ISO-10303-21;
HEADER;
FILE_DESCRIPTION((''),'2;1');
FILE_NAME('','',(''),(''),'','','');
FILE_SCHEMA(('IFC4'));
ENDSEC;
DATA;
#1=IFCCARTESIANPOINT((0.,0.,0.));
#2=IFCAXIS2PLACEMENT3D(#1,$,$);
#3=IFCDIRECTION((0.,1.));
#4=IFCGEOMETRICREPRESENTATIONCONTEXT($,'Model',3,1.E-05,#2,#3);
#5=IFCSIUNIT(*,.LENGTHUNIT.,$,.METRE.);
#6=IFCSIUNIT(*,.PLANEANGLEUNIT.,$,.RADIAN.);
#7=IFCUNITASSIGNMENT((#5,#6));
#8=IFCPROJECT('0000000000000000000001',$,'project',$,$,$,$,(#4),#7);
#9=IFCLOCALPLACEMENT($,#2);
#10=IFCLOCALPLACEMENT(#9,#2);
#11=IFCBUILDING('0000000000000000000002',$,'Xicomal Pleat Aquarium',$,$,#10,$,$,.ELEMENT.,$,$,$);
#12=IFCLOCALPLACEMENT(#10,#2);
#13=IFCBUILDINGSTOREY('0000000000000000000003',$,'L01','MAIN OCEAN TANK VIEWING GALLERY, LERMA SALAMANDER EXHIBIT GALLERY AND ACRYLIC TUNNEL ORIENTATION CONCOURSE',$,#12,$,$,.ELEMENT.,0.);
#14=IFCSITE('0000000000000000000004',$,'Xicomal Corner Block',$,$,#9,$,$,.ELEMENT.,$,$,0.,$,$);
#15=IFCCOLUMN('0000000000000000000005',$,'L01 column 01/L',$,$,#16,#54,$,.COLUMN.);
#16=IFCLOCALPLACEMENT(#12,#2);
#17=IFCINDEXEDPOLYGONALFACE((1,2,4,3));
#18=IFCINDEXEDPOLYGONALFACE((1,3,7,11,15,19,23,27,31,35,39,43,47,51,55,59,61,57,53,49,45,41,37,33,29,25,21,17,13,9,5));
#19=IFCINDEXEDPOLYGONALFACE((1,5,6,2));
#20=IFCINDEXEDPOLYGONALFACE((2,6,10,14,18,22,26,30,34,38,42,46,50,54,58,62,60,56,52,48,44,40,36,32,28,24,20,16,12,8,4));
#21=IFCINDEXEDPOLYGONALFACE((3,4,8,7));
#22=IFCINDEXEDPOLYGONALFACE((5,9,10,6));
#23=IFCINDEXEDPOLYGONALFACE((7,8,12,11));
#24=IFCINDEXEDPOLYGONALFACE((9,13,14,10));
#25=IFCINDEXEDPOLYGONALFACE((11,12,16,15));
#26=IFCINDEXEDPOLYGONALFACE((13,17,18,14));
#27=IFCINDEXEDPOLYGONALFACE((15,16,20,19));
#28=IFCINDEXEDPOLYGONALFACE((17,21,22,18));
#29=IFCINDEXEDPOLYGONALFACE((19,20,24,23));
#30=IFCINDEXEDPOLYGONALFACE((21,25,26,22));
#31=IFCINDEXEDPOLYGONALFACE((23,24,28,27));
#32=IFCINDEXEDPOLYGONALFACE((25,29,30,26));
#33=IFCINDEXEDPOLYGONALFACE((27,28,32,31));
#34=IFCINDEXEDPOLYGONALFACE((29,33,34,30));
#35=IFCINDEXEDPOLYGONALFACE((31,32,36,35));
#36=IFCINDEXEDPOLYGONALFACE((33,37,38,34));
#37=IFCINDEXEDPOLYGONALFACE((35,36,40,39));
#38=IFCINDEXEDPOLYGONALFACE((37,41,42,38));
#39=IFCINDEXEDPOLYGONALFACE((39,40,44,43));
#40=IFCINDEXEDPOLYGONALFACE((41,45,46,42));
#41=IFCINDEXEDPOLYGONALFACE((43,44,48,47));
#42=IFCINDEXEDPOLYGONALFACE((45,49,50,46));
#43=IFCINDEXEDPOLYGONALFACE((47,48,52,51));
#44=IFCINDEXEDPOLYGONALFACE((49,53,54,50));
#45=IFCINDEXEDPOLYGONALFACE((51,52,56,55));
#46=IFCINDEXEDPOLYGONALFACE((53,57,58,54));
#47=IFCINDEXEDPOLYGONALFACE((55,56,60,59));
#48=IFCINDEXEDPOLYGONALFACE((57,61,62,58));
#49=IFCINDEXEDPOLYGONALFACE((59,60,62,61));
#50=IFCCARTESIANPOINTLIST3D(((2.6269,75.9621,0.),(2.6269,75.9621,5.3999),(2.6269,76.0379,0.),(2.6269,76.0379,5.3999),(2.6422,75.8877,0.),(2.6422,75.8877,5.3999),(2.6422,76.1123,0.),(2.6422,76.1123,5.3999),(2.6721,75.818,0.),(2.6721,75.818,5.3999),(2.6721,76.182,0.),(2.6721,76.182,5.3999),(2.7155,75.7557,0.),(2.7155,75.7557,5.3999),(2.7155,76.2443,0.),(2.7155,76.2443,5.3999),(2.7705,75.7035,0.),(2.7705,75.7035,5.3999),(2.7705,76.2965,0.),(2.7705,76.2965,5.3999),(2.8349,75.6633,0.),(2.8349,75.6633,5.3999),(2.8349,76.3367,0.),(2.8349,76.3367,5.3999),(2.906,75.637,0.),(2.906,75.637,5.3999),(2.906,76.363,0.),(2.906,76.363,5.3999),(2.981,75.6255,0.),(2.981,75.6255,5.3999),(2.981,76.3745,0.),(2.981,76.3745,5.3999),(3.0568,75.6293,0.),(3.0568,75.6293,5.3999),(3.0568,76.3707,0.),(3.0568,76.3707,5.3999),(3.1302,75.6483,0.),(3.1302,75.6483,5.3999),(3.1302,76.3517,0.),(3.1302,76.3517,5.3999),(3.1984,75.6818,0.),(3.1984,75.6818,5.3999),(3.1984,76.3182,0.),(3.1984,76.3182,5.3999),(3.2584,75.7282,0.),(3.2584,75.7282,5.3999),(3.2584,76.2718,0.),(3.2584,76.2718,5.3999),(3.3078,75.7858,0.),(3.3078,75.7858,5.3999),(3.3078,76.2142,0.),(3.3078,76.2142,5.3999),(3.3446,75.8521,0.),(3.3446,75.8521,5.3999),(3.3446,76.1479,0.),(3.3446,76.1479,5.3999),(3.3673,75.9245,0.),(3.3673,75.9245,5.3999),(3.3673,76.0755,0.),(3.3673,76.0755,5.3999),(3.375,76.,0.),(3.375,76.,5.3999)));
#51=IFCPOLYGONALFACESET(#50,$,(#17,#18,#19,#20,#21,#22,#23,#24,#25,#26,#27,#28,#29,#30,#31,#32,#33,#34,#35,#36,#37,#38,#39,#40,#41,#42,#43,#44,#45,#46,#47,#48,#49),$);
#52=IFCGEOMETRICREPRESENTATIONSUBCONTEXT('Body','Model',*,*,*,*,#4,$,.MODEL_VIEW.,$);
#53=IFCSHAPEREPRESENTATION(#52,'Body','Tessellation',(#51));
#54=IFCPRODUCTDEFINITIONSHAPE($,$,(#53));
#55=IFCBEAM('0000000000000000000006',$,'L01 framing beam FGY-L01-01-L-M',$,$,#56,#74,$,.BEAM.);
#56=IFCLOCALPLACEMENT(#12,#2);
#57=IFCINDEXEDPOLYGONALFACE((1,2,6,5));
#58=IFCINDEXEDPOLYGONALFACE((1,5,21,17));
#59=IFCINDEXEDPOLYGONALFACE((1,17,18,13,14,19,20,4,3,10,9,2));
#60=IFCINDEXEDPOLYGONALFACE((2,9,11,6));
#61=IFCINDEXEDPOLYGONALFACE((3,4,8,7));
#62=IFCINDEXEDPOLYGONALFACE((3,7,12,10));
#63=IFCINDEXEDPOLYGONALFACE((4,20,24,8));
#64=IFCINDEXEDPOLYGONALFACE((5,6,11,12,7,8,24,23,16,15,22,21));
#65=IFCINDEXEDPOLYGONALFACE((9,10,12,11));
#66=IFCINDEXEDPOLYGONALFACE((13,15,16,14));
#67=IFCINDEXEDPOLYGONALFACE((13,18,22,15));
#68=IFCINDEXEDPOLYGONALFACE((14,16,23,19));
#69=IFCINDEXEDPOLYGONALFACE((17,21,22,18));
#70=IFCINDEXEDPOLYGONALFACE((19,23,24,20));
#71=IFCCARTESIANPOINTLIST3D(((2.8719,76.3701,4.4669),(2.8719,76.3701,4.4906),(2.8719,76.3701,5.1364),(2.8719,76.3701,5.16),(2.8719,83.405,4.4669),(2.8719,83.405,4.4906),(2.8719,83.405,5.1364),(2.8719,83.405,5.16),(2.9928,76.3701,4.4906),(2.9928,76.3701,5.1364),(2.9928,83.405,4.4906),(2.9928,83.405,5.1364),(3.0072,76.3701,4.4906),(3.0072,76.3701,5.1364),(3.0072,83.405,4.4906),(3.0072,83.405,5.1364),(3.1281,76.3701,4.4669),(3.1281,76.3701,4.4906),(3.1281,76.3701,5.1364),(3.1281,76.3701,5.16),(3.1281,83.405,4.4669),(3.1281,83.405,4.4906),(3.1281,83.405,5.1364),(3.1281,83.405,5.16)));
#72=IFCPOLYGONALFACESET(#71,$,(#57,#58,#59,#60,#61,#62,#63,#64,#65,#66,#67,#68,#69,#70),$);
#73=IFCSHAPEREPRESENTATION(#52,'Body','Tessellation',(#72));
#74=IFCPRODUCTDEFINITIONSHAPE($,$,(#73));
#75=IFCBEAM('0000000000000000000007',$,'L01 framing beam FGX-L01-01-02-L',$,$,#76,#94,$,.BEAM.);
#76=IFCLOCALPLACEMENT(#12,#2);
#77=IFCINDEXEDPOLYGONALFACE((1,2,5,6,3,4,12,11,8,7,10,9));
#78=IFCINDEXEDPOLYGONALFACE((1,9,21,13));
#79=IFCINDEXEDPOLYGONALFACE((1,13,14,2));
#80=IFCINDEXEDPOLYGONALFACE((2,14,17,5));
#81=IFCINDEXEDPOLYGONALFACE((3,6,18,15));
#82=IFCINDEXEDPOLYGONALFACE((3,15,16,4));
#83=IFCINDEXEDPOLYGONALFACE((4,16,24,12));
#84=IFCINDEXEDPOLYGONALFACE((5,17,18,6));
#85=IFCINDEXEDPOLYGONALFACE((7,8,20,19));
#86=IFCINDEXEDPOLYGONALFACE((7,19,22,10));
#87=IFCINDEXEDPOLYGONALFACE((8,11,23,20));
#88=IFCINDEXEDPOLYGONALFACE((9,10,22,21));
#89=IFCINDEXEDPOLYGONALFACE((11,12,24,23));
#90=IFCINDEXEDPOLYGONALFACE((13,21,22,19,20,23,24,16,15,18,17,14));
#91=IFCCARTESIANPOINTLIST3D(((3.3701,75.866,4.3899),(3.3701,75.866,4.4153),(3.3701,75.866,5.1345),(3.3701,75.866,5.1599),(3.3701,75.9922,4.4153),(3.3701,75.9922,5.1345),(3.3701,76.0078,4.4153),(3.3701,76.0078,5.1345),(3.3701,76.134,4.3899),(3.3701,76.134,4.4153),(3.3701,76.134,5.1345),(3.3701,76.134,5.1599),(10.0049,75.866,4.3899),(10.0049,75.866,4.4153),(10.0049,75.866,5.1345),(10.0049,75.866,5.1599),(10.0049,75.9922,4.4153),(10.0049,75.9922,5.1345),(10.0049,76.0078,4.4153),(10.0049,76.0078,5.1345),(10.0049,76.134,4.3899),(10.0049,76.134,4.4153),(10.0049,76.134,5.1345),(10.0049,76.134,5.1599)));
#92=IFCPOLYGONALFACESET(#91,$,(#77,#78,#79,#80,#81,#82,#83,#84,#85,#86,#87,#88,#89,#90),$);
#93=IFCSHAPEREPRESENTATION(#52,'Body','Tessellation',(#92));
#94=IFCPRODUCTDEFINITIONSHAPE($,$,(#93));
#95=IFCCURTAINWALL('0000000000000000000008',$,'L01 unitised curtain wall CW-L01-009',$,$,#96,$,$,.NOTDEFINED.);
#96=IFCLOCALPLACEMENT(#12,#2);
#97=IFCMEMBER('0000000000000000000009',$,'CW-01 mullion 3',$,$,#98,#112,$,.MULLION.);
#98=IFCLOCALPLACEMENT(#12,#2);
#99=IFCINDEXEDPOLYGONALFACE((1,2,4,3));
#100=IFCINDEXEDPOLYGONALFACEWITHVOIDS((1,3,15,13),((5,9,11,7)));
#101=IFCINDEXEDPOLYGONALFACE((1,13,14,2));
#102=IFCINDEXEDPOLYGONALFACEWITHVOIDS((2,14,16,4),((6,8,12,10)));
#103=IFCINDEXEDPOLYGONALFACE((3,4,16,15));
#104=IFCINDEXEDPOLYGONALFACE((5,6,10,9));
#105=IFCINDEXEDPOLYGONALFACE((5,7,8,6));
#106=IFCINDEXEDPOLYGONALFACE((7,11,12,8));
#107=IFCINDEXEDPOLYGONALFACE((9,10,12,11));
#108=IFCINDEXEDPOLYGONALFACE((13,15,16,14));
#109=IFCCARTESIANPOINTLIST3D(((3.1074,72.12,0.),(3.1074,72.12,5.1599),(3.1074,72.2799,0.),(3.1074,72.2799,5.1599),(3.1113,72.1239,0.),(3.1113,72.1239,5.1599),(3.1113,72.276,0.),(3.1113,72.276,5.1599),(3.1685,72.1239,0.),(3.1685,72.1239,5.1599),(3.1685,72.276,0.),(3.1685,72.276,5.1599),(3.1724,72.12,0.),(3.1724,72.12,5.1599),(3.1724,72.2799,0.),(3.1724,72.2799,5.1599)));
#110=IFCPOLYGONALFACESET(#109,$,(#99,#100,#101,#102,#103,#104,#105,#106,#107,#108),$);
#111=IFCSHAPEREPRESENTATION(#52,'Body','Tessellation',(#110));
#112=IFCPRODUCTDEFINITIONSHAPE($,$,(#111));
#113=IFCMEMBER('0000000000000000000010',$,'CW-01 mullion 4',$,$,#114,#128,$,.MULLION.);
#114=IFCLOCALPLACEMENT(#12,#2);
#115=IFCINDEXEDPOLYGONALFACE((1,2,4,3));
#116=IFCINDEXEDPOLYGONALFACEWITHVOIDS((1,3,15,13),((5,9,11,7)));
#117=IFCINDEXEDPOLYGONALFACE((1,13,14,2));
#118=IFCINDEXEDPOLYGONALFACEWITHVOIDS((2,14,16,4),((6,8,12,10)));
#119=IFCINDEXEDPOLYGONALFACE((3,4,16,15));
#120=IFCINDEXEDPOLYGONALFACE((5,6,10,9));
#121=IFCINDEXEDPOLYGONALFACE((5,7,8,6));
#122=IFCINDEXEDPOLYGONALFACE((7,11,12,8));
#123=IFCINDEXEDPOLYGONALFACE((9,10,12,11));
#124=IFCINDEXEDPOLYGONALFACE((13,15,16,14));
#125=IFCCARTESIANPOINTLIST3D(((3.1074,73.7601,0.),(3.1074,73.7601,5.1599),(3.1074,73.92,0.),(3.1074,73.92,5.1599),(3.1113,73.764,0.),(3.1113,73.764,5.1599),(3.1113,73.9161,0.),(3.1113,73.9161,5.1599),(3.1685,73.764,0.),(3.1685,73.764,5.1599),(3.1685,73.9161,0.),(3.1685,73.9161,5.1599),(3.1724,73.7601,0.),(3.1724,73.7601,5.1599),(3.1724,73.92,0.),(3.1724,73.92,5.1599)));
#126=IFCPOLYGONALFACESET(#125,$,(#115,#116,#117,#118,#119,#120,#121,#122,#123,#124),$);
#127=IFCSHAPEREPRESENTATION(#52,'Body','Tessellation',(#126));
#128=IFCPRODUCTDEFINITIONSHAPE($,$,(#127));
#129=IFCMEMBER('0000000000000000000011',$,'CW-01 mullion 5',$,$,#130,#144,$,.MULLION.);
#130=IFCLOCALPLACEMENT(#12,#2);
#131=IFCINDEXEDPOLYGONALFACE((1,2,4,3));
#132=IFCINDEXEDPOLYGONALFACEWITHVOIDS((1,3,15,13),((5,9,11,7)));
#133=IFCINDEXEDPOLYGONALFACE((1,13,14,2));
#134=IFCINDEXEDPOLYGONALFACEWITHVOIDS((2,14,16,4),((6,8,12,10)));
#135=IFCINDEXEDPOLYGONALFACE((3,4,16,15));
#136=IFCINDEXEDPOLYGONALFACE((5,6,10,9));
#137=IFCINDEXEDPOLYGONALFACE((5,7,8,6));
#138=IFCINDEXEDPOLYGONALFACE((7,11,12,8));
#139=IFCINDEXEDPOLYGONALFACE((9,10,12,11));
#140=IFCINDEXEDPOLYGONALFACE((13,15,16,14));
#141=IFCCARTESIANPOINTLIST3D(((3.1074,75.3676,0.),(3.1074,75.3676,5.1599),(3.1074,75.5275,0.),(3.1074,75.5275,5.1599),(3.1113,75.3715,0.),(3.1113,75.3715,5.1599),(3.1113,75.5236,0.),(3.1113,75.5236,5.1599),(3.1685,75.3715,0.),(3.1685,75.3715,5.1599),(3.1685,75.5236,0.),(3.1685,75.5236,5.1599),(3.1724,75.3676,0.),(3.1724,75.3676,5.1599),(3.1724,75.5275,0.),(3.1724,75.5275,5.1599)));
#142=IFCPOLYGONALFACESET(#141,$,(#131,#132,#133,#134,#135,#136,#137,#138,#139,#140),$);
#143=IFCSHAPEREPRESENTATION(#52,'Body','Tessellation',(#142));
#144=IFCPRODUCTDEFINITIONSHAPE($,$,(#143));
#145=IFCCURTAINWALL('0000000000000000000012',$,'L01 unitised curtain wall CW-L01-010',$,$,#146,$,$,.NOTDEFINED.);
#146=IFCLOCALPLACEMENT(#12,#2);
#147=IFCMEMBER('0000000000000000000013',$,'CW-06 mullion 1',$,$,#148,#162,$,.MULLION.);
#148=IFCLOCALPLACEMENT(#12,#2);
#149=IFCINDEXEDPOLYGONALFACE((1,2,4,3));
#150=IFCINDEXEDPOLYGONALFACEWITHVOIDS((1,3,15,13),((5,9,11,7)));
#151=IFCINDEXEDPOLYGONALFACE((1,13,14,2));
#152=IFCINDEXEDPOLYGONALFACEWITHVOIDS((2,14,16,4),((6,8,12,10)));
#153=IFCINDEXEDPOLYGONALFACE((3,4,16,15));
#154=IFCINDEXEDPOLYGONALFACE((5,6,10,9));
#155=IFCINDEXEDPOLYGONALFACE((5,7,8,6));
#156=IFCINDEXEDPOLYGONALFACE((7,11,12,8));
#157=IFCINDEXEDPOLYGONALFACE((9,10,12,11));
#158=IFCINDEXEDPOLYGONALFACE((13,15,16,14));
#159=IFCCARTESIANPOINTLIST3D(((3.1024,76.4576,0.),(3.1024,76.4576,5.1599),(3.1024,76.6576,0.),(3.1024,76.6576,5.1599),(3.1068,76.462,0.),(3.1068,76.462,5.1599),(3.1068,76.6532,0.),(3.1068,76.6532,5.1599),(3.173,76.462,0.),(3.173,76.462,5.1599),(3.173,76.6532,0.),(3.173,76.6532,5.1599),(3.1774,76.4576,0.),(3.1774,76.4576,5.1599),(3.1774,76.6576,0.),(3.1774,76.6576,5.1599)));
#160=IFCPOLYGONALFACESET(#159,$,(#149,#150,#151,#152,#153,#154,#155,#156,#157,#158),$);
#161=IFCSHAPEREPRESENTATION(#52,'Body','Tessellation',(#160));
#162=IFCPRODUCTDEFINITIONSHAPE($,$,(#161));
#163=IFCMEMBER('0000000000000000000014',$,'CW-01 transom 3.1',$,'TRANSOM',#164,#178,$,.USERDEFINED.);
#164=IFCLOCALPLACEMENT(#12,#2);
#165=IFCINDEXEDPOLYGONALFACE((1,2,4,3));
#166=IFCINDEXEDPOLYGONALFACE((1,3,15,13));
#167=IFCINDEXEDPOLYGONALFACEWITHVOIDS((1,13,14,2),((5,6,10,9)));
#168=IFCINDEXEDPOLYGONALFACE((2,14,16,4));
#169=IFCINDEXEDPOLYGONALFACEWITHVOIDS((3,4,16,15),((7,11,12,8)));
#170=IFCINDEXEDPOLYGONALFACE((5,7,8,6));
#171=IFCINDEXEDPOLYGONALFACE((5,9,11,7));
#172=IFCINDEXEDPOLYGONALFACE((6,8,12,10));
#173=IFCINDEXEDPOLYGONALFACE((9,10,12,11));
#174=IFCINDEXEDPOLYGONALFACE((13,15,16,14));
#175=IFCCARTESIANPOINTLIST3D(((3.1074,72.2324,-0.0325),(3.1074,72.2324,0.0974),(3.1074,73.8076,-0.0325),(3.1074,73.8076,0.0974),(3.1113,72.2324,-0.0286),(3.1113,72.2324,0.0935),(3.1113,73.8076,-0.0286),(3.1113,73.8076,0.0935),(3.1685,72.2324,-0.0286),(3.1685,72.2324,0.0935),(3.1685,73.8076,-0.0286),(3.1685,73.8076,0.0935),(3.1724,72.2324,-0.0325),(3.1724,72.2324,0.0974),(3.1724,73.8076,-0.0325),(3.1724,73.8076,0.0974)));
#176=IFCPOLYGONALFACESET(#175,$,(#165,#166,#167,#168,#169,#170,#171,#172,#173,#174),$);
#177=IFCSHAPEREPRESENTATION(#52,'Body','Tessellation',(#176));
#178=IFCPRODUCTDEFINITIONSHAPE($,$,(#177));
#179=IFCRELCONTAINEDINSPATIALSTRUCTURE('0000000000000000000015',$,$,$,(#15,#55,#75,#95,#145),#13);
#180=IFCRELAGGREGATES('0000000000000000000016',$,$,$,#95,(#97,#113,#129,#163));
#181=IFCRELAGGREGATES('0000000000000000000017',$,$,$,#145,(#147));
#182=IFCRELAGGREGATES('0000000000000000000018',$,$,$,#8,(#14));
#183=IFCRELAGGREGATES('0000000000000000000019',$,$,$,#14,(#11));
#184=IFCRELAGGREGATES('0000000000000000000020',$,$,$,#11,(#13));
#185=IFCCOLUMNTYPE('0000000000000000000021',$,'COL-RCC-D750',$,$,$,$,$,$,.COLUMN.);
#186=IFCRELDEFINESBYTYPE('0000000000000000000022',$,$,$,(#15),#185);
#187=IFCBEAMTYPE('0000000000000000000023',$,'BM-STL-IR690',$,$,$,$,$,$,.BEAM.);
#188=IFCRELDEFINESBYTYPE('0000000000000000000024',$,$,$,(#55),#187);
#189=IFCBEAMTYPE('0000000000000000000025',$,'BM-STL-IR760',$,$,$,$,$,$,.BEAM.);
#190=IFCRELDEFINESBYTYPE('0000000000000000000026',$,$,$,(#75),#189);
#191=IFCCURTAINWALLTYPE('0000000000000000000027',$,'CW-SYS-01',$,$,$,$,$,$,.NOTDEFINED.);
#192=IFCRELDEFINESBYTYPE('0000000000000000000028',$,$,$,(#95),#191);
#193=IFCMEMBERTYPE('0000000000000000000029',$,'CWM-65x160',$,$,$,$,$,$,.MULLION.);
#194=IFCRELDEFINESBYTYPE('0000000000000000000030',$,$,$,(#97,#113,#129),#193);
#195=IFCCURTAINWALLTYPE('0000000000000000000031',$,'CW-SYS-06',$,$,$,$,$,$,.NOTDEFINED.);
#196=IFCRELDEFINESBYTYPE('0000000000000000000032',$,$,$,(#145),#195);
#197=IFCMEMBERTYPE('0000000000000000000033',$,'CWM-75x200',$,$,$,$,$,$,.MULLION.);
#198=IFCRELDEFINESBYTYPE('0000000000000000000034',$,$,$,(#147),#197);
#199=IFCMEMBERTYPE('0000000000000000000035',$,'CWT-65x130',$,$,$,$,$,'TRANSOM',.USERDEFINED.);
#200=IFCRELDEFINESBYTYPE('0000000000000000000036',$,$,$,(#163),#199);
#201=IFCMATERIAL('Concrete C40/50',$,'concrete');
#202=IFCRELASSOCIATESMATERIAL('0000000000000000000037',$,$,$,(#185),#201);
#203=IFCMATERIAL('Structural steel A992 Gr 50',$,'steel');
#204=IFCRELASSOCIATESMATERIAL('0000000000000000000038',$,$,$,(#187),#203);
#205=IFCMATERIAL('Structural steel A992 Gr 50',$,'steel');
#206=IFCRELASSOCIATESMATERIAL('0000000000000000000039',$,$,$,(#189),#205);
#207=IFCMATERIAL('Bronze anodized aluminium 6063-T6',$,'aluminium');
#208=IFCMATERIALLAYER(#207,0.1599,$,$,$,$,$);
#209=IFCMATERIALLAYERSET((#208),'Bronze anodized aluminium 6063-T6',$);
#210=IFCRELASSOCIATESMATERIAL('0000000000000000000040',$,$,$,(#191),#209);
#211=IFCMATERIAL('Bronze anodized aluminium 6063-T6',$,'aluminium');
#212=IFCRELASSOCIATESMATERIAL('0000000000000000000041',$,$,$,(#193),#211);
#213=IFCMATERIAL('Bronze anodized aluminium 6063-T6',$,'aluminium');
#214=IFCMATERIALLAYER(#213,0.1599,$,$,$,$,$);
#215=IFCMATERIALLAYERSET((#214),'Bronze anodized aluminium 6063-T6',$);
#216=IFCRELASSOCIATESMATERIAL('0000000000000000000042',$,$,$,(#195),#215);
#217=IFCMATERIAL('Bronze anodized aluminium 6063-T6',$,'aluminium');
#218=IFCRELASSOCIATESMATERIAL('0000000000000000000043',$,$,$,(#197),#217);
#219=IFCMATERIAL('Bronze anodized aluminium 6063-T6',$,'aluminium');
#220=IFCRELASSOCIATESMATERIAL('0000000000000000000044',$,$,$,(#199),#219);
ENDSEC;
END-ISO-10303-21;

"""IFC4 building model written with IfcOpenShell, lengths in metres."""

from ifc_helpers import new_model, si_unit, direction, frame, origin, origin_2d, place, context, subcontext, project, spatial, hollow_rectangle, circle, i_section, extrude, material, layer, layer_set, material_profile, profile_set, type_object, element, aggregate, save


model = new_model("IFC4")

# Units and contexts
model_context = context("Model", 3, precision=1e-05, world=origin(), true_north=direction((0.0, 1.0)))
body_context = subcontext(model_context, "Body", "Model", "MODEL_VIEW")
ifc_project = project(units=[si_unit("LENGTHUNIT", "METRE"), si_unit("PLANEANGLEUNIT", "RADIAN")], contexts=[model_context])

# Site, building, storey
site_placement = place(None, origin())
site = spatial("IfcSite", under=ifc_project, at=site_placement, Name="Xicomal Corner Block", CompositionType="ELEMENT", RefElevation=0.0)
building_placement = place(site_placement, origin())
building = spatial("IfcBuilding", under=site, at=building_placement, Name="Xicomal Pleat Aquarium", CompositionType="ELEMENT")
storey_placement = place(building_placement, origin())
storey = spatial("IfcBuildingStorey", under=building, at=storey_placement, Name="L01", Description="MAIN OCEAN TANK VIEWING GALLERY, LERMA SALAMANDER EXHIBIT GALLERY AND ACRYLIC TUNNEL ORIENTATION CONCOURSE", CompositionType="ELEMENT", Elevation=0.0)

# Column
ifc_material_1 = material(Name="Concrete C40/50", Category="concrete")
ifc_material_profile_1 = material_profile(ifc_material_1, circle(Radius=0.375, at=origin_2d()), Name="RCC D750")
ifc_profile_set_1 = profile_set([ifc_material_profile_1], Name="Concrete C40/50")
column_type = type_object("IfcColumnType", Name="COL-RCC-D750", PredefinedType="COLUMN", material=ifc_profile_set_1)
column_placement = place(storey_placement, frame((3.0, 76.0, 0.0), z_axis=(0.0, 0.0, 1.0), x_axis=(1.0, 0.0, 0.0)))
element("IfcColumn", 1, at=column_placement, inside=storey, type_object=column_type, Name="L01 column 01/L", PredefinedType="COLUMN", context=body_context, shape_type="SweptSolid", body=[
    extrude(circle(Radius=0.375, at=origin_2d()), origin(), (0.0, 0.0, 1.0), 5.3999),
])

# Beams
ifc_material_2 = material(Name="Structural steel A992 Gr 50", Category="steel")
ifc_material_profile_2 = material_profile(ifc_material_2, i_section(OverallWidth=0.2561, OverallDepth=0.6931, WebThickness=0.0144, FlangeThickness=0.0237, at=origin_2d()), Name="IR 690x170")
ifc_profile_set_2 = profile_set([ifc_material_profile_2], Name="Structural steel A992 Gr 50")
beam_type_1 = type_object("IfcBeamType", Name="BM-STL-IR690", PredefinedType="BEAM", material=ifc_profile_set_2)
beam_1_placement = place(storey_placement, frame((3.0, 76.3701, 4.8135), z_axis=(0.0, 1.0, 0.0), x_axis=(-1.0, 0.0, 0.0)))
element("IfcBeam", 2, at=beam_1_placement, inside=storey, type_object=beam_type_1, Name="L01 framing beam FGY-L01-01-L-M", PredefinedType="BEAM", context=body_context, shape_type="SweptSolid", body=[
    extrude(i_section(OverallWidth=0.2561, OverallDepth=0.6931, WebThickness=0.0144, FlangeThickness=0.0237, at=origin_2d()), origin(), (0.0, 0.0, 1.0), 7.0349),
])
ifc_material_3 = material(Name="Structural steel A992 Gr 50", Category="steel")
ifc_material_profile_3 = material_profile(ifc_material_3, i_section(OverallWidth=0.2681, OverallDepth=0.77, WebThickness=0.0156, FlangeThickness=0.0254, at=origin_2d()), Name="IR 760x196")
ifc_profile_set_3 = profile_set([ifc_material_profile_3], Name="Structural steel A992 Gr 50")
beam_type_2 = type_object("IfcBeamType", Name="BM-STL-IR760", PredefinedType="BEAM", material=ifc_profile_set_3)
beam_2_placement = place(storey_placement, frame((3.3701, 76.0, 4.7749), z_axis=(1.0, 0.0, 0.0), x_axis=(0.0, 1.0, 0.0)))
element("IfcBeam", 3, at=beam_2_placement, inside=storey, type_object=beam_type_2, Name="L01 framing beam FGX-L01-01-02-L", PredefinedType="BEAM", context=body_context, shape_type="SweptSolid", body=[
    extrude(i_section(OverallWidth=0.2681, OverallDepth=0.77, WebThickness=0.0156, FlangeThickness=0.0254, at=origin_2d()), origin(), (0.0, 0.0, 1.0), 6.6348),
])

# Curtain wall, members
ifc_material_4 = material(Name="Bronze anodized aluminium 6063-T6", Category="aluminium")
ifc_layer_1 = layer(ifc_material_4, 0.1599)
ifc_layer_set_1 = layer_set([ifc_layer_1], Name="Bronze anodized aluminium 6063-T6")
curtain_wall_type_1 = type_object("IfcCurtainWallType", Name="CW-SYS-01", PredefinedType="NOTDEFINED", material=ifc_layer_set_1)
curtain_wall_1_placement = place(storey_placement, origin())
curtain_wall_1 = element("IfcCurtainWall", 4, at=curtain_wall_1_placement, inside=storey, type_object=curtain_wall_type_1, Name="L01 unitised curtain wall CW-L01-009", PredefinedType="NOTDEFINED")
ifc_material_5 = material(Name="Bronze anodized aluminium 6063-T6", Category="aluminium")
ifc_material_profile_4 = material_profile(ifc_material_5, hollow_rectangle(XDim=0.0649, YDim=0.1599, WallThickness=0.0039, at=origin_2d()), Name="ALU MULL 65x160")
ifc_profile_set_4 = profile_set([ifc_material_profile_4], Name="Bronze anodized aluminium 6063-T6")
member_type_1 = type_object("IfcMemberType", Name="CWM-65x160", PredefinedType="MULLION", material=ifc_profile_set_4)
member_1_placement = place(storey_placement, frame((3.1399, 72.2, 0.0), z_axis=(0.0, 0.0, 1.0), x_axis=(-1.0, 0.0, 0.0)))
member_1 = element("IfcMember", 5, at=member_1_placement, type_object=member_type_1, Name="CW-01 mullion 3", PredefinedType="MULLION", context=body_context, shape_type="SweptSolid", body=[
    extrude(hollow_rectangle(XDim=0.0649, YDim=0.1599, WallThickness=0.0039, at=origin_2d()), origin(), (0.0, 0.0, 1.0), 5.1599),
])
member_2_placement = place(storey_placement, frame((3.1399, 73.8401, 0.0), z_axis=(0.0, 0.0, 1.0), x_axis=(-1.0, 0.0, 0.0)))
member_2 = element("IfcMember", 6, at=member_2_placement, type_object=member_type_1, Name="CW-01 mullion 4", PredefinedType="MULLION", context=body_context, shape_type="SweptSolid", body=[
    extrude(hollow_rectangle(XDim=0.0649, YDim=0.1599, WallThickness=0.0039, at=origin_2d()), origin(), (0.0, 0.0, 1.0), 5.1599),
])
member_3_placement = place(storey_placement, frame((3.1399, 75.4475, 0.0), z_axis=(0.0, 0.0, 1.0), x_axis=(-1.0, 0.0, 0.0)))
member_3 = element("IfcMember", 7, at=member_3_placement, type_object=member_type_1, Name="CW-01 mullion 5", PredefinedType="MULLION", context=body_context, shape_type="SweptSolid", body=[
    extrude(hollow_rectangle(XDim=0.0649, YDim=0.1599, WallThickness=0.0039, at=origin_2d()), origin(), (0.0, 0.0, 1.0), 5.1599),
])

# Curtain wall, member
ifc_material_6 = material(Name="Bronze anodized aluminium 6063-T6", Category="aluminium")
ifc_layer_2 = layer(ifc_material_6, 0.1599)
ifc_layer_set_2 = layer_set([ifc_layer_2], Name="Bronze anodized aluminium 6063-T6")
curtain_wall_type_2 = type_object("IfcCurtainWallType", Name="CW-SYS-06", PredefinedType="NOTDEFINED", material=ifc_layer_set_2)
curtain_wall_2_placement = place(storey_placement, origin())
curtain_wall_2 = element("IfcCurtainWall", 8, at=curtain_wall_2_placement, inside=storey, type_object=curtain_wall_type_2, Name="L01 unitised curtain wall CW-L01-010", PredefinedType="NOTDEFINED")
ifc_material_7 = material(Name="Bronze anodized aluminium 6063-T6", Category="aluminium")
ifc_material_profile_5 = material_profile(ifc_material_7, hollow_rectangle(XDim=0.075, YDim=0.2, WallThickness=0.0044, at=origin_2d()), Name="ALU MULL 75x200")
ifc_profile_set_5 = profile_set([ifc_material_profile_5], Name="Bronze anodized aluminium 6063-T6")
member_type_2 = type_object("IfcMemberType", Name="CWM-75x200", PredefinedType="MULLION", material=ifc_profile_set_5)
member_4_placement = place(storey_placement, frame((3.1399, 76.5576, 0.0), z_axis=(0.0, 0.0, 1.0), x_axis=(-1.0, 0.0, 0.0)))
member_4 = element("IfcMember", 9, at=member_4_placement, type_object=member_type_2, Name="CW-06 mullion 1", PredefinedType="MULLION", context=body_context, shape_type="SweptSolid", body=[
    extrude(hollow_rectangle(XDim=0.075, YDim=0.2, WallThickness=0.0044, at=origin_2d()), origin(), (0.0, 0.0, 1.0), 5.1599),
])

# Member
ifc_material_8 = material(Name="Bronze anodized aluminium 6063-T6", Category="aluminium")
ifc_material_profile_6 = material_profile(ifc_material_8, hollow_rectangle(XDim=0.0649, YDim=0.1299, WallThickness=0.0039, at=origin_2d()), Name="ALU TRAN 65x130")
ifc_profile_set_6 = profile_set([ifc_material_profile_6], Name="Bronze anodized aluminium 6063-T6")
member_type_3 = type_object("IfcMemberType", Name="CWT-65x130", ElementType="TRANSOM", PredefinedType="USERDEFINED", material=ifc_profile_set_6)
member_5_placement = place(storey_placement, frame((3.1399, 72.2324, 0.0325), z_axis=(0.0, 1.0, 0.0), x_axis=(-1.0, 0.0, 0.0)))
member_5 = element("IfcMember", 10, at=member_5_placement, type_object=member_type_3, Name="CW-01 transom 3.1", ObjectType="TRANSOM", PredefinedType="USERDEFINED", context=body_context, shape_type="SweptSolid", body=[
    extrude(hollow_rectangle(XDim=0.0649, YDim=0.1299, WallThickness=0.0039, at=origin_2d()), origin(), (0.0, 0.0, 1.0), 1.5752),
])

aggregate(curtain_wall_1, [member_1, member_2, member_3, member_5])
aggregate(curtain_wall_2, [member_4])

save(model, "model.ifc")
